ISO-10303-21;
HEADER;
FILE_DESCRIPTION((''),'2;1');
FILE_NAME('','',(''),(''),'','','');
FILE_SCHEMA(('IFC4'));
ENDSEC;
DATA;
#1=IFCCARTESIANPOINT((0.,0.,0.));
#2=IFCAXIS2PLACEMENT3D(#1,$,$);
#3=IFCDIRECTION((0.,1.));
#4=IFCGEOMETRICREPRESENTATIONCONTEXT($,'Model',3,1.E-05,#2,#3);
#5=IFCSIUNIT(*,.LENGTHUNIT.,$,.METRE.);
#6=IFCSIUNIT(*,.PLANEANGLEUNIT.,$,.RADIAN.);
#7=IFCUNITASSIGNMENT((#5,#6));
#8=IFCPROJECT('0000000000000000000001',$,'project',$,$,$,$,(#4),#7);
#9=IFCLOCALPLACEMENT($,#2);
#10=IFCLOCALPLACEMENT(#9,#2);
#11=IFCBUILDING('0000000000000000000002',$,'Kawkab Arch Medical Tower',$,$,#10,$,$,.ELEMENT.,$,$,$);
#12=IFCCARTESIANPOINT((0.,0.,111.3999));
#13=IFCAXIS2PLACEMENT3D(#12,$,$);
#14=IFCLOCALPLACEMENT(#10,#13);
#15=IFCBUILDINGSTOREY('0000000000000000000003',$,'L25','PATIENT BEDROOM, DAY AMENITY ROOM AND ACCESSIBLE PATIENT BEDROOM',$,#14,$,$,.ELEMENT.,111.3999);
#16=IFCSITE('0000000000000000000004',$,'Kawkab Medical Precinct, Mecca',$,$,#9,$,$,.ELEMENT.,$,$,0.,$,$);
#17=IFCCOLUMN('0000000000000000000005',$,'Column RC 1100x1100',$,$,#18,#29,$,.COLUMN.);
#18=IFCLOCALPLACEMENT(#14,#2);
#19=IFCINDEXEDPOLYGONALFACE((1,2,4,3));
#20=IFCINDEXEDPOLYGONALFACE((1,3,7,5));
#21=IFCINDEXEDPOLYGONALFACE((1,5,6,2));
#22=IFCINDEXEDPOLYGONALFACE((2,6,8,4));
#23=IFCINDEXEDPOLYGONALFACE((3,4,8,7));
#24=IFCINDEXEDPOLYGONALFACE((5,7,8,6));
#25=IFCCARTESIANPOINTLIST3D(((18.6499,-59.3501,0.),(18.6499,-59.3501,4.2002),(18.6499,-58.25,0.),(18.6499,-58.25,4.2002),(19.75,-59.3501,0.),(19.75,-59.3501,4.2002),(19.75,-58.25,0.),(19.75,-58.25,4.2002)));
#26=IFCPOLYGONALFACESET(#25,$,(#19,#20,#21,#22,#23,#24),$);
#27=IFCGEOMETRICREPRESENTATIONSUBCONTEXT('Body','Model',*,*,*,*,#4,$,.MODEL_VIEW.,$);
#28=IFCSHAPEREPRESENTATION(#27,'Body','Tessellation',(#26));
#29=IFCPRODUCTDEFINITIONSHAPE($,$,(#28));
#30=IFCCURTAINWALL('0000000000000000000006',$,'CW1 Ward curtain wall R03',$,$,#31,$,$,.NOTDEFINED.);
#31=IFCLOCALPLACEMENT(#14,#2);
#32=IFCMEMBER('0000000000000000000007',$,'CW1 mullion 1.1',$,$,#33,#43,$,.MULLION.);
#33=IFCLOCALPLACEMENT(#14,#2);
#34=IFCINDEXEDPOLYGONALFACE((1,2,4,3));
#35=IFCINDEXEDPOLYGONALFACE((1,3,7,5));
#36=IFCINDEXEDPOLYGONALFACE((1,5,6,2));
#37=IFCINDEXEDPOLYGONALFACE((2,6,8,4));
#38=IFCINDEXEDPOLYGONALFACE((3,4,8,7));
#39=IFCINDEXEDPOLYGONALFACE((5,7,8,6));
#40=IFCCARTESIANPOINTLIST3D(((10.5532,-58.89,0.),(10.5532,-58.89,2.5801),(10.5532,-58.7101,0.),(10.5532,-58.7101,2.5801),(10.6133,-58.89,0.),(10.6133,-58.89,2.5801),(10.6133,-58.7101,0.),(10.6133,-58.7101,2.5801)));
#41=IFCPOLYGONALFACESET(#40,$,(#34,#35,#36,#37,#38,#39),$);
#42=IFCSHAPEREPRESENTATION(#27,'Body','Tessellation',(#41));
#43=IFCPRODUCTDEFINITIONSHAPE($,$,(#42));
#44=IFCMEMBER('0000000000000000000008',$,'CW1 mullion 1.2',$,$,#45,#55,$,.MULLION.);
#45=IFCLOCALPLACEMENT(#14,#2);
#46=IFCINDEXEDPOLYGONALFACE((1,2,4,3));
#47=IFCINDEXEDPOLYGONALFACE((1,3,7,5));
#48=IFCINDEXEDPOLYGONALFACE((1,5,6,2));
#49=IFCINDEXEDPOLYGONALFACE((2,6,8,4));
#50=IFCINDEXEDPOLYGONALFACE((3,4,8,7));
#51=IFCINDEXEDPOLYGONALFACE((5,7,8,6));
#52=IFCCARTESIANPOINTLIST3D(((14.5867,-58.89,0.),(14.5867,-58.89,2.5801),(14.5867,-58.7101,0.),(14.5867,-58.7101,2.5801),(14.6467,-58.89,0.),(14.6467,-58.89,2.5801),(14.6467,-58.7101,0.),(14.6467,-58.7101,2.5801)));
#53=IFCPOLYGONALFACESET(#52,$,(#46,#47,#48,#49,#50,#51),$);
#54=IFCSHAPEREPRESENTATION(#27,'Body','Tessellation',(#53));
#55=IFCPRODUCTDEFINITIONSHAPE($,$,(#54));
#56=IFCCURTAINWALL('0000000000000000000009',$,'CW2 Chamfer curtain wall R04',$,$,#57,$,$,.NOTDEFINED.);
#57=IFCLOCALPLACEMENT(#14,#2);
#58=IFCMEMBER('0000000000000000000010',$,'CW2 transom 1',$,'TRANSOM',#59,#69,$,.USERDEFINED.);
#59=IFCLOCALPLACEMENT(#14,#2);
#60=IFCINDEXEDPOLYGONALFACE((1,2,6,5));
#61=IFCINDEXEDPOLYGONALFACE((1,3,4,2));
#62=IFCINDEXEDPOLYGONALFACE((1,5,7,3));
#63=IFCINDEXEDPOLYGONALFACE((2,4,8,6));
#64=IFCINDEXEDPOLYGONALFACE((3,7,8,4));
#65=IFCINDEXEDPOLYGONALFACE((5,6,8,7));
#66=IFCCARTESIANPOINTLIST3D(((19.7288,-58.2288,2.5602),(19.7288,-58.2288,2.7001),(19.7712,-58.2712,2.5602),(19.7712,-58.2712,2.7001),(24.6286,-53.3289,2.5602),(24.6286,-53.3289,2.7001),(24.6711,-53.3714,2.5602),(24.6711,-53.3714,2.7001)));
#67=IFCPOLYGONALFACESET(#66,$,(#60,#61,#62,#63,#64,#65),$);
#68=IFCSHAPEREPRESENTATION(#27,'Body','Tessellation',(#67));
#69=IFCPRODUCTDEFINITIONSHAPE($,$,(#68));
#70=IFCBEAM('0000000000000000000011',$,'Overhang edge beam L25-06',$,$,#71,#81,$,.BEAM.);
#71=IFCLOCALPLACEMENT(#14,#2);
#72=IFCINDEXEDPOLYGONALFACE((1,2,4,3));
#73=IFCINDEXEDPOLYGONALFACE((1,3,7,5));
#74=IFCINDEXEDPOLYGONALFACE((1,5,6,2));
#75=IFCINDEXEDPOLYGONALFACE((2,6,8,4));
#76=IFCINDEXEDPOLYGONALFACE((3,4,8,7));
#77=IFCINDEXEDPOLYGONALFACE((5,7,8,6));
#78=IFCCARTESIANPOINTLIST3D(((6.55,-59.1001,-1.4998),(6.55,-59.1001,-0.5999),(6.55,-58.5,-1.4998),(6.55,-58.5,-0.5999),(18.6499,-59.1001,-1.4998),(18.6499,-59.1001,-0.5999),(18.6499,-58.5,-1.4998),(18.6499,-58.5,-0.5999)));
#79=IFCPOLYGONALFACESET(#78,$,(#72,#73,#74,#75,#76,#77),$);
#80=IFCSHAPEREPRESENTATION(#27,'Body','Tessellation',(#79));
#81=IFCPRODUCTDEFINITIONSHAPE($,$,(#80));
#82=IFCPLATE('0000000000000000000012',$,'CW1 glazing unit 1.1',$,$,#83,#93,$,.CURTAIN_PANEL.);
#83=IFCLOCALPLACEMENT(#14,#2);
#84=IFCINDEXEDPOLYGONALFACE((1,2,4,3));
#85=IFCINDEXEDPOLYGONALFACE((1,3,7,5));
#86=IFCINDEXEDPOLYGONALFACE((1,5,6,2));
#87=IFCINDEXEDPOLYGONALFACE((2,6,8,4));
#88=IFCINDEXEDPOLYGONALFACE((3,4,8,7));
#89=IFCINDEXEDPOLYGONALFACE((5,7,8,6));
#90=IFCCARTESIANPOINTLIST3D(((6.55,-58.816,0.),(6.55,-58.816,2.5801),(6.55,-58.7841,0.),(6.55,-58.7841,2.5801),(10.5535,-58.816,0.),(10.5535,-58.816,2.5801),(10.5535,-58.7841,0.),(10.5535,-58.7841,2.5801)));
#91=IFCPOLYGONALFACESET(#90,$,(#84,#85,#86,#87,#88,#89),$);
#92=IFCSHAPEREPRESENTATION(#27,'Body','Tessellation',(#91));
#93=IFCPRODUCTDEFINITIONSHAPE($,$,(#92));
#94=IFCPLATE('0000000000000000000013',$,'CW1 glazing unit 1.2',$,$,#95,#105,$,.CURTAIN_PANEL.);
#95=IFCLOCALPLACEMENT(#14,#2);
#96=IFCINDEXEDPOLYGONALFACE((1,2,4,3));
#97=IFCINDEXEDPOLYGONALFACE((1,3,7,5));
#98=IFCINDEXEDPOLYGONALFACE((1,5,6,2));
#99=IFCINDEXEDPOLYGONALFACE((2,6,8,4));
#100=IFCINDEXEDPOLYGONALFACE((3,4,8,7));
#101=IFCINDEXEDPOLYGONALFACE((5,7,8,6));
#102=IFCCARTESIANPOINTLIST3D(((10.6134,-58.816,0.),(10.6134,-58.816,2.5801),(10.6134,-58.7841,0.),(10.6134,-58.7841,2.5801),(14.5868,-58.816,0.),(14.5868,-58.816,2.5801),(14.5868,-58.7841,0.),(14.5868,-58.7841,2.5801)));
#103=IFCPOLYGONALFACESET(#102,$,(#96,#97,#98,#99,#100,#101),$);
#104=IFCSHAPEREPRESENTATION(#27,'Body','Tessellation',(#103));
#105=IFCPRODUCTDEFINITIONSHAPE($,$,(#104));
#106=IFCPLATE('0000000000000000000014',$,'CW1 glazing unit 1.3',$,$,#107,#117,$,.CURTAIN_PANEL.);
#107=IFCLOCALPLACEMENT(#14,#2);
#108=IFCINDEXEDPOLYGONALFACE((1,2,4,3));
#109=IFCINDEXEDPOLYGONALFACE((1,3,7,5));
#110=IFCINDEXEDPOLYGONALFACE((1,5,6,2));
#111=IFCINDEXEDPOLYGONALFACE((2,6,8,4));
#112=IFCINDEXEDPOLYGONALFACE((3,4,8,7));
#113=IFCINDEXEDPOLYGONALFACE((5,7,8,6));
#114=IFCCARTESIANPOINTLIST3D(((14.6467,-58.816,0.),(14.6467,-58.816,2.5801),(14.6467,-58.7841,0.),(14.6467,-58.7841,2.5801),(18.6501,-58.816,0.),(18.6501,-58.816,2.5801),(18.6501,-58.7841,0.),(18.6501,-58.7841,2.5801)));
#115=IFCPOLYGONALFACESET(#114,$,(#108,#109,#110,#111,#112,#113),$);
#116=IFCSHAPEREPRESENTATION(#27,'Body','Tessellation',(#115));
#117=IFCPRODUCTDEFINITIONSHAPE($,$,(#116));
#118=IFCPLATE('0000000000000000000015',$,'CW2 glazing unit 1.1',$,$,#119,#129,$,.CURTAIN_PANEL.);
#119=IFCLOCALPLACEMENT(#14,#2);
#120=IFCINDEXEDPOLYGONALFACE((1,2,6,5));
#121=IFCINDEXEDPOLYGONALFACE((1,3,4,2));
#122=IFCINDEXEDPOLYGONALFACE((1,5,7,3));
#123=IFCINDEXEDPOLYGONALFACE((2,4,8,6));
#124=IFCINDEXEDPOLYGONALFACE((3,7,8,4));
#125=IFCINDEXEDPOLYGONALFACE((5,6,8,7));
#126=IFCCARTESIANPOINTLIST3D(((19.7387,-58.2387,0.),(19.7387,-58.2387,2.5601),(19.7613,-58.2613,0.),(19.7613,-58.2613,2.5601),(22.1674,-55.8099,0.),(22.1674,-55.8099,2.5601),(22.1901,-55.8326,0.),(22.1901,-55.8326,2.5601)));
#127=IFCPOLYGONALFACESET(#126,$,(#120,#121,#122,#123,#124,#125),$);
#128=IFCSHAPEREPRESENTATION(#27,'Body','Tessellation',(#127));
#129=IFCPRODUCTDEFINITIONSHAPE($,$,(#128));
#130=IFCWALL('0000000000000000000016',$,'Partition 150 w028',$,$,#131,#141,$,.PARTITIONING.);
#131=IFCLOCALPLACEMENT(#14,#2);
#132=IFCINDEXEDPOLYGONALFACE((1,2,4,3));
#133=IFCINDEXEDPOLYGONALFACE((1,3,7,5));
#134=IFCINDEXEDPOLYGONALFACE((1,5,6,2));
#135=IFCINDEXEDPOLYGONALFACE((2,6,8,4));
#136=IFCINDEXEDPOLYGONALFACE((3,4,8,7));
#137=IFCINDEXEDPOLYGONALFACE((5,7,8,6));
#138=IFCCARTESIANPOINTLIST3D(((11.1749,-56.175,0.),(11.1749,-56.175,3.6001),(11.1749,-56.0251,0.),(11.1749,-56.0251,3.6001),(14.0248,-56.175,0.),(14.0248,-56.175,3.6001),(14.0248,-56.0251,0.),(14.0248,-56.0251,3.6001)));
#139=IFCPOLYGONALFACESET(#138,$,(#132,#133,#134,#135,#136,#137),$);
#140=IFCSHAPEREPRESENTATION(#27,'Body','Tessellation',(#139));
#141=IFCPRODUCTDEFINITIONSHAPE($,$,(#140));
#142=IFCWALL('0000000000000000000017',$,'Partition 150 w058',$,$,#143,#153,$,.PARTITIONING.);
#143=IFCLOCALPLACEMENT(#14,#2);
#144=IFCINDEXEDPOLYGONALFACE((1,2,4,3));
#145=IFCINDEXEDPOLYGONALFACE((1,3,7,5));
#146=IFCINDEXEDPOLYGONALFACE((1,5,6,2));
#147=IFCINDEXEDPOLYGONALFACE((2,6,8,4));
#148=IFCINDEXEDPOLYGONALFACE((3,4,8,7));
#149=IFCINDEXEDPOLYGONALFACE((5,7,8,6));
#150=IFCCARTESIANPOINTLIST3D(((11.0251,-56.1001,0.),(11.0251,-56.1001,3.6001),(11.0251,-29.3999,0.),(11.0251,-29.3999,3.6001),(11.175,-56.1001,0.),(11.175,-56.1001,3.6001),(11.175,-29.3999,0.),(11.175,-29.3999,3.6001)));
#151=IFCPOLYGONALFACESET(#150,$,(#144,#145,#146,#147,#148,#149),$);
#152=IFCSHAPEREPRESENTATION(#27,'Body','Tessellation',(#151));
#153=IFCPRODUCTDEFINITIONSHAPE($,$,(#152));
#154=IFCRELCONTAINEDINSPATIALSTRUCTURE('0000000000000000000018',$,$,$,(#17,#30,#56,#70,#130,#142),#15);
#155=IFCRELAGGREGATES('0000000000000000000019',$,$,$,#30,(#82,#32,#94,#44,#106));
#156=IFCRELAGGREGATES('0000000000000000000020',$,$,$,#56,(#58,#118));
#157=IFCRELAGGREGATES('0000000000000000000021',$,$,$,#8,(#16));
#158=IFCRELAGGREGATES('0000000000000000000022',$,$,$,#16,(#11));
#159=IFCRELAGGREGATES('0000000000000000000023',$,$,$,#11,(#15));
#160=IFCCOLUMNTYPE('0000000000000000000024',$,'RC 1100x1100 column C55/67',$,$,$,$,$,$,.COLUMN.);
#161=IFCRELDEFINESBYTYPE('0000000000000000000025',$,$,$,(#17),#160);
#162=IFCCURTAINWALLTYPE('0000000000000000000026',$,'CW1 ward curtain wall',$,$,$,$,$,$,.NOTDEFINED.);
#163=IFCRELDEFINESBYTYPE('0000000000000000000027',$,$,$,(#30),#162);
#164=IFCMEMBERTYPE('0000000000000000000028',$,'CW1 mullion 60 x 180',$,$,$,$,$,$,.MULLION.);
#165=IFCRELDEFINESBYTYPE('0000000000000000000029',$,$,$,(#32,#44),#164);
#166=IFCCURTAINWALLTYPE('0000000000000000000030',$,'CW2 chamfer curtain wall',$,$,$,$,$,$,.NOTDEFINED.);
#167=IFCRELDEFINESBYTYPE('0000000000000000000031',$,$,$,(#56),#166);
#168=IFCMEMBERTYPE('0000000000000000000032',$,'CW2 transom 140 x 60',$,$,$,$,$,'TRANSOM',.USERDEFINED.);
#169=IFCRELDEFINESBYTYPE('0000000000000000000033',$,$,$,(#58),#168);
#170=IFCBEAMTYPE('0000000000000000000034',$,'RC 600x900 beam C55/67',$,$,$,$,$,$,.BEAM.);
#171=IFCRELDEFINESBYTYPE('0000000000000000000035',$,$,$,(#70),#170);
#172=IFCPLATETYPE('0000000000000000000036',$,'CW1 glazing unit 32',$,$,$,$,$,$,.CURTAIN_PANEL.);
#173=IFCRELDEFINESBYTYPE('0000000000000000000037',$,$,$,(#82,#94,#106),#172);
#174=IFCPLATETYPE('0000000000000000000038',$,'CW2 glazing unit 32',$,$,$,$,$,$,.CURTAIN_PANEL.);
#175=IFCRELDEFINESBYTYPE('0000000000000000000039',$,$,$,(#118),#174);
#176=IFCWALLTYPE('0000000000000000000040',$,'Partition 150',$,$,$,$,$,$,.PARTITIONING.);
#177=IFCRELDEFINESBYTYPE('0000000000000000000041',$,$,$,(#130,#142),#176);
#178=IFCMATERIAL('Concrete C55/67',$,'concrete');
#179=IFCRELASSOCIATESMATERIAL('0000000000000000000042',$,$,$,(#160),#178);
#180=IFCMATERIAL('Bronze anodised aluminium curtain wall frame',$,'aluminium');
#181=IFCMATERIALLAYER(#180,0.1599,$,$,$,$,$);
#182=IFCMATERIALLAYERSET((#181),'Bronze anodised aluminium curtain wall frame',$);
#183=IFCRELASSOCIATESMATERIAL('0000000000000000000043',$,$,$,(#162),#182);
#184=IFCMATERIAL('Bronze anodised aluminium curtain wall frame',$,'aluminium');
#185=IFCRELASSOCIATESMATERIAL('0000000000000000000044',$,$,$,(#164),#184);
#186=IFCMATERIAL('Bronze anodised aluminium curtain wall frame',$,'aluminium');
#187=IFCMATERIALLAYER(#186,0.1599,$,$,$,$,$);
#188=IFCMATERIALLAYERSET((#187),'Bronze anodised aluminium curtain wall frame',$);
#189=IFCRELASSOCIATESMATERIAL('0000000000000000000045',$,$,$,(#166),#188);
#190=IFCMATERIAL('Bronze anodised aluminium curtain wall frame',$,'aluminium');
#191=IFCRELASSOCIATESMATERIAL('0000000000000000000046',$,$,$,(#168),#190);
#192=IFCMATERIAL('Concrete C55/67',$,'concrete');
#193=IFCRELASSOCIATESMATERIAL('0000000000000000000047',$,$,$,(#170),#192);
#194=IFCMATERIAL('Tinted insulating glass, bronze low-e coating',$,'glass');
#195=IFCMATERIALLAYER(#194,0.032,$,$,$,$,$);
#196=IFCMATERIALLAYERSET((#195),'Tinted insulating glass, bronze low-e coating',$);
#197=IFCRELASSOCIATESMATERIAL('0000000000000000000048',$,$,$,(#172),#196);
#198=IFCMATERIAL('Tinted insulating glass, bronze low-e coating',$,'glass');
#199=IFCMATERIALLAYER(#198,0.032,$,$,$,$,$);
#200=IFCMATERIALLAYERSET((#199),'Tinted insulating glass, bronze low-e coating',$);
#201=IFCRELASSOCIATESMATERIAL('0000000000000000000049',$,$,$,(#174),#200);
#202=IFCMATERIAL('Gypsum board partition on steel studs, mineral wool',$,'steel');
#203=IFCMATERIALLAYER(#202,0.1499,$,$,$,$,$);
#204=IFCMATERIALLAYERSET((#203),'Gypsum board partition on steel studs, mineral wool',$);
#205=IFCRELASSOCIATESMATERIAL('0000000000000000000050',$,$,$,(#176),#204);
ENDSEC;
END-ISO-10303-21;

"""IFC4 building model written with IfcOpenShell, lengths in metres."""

from ifc_helpers import new_model, si_unit, direction, frame, frame_2d, origin, origin_2d, place, context, subcontext, project, spatial, rectangle, extrude, material, layer, layer_set, material_profile, profile_set, type_object, element, aggregate, save


model = new_model("IFC4")

# Units and contexts
model_context = context("Model", 3, precision=1e-05, world=origin(), true_north=direction((0.0, 1.0)))
body_context = subcontext(model_context, "Body", "Model", "MODEL_VIEW")
ifc_project = project(units=[si_unit("LENGTHUNIT", "METRE"), si_unit("PLANEANGLEUNIT", "RADIAN")], contexts=[model_context])

# Site, building, storey
site_placement = place(None, origin())
site = spatial("IfcSite", under=ifc_project, at=site_placement, Name="Kawkab Medical Precinct, Mecca", CompositionType="ELEMENT", RefElevation=0.0)
building_placement = place(site_placement, origin())
building = spatial("IfcBuilding", under=site, at=building_placement, Name="Kawkab Arch Medical Tower", CompositionType="ELEMENT")
storey_placement = place(building_placement, frame((0.0, 0.0, 111.3999)))
storey = spatial("IfcBuildingStorey", under=building, at=storey_placement, Name="L25", Description="PATIENT BEDROOM, DAY AMENITY ROOM AND ACCESSIBLE PATIENT BEDROOM", CompositionType="ELEMENT", Elevation=111.3999)

# Column
ifc_material_1 = material(Name="Concrete C55/67", Category="concrete")
ifc_material_profile_1 = material_profile(ifc_material_1, rectangle(XDim=1.1001, YDim=1.1001, at=origin_2d()), Name="RC 1100x1100")
ifc_profile_set_1 = profile_set([ifc_material_profile_1], Name="Concrete C55/67")
column_type = type_object("IfcColumnType", Name="RC 1100x1100 column C55/67", PredefinedType="COLUMN", material=ifc_profile_set_1)
column_placement = place(storey_placement, frame((19.2, -58.8, 0.0), z_axis=(0.0, 0.0, 1.0), x_axis=(1.0, 0.0, 0.0)))
element("IfcColumn", 1, at=column_placement, inside=storey, type_object=column_type, Name="Column RC 1100x1100", PredefinedType="COLUMN", context=body_context, shape_type="SweptSolid", body=[
    extrude(rectangle(XDim=1.1001, YDim=1.1001, at=origin_2d()), origin(), (0.0, 0.0, 1.0), 4.2002),
])

# Curtain wall, members
ifc_material_2 = material(Name="Bronze anodised aluminium curtain wall frame", Category="aluminium")
ifc_layer_1 = layer(ifc_material_2, 0.1599)
ifc_layer_set_1 = layer_set([ifc_layer_1], Name="Bronze anodised aluminium curtain wall frame")
curtain_wall_type_1 = type_object("IfcCurtainWallType", Name="CW1 ward curtain wall", PredefinedType="NOTDEFINED", material=ifc_layer_set_1)
placement = place(storey_placement, origin())
curtain_wall_1 = element("IfcCurtainWall", 2, at=placement, inside=storey, type_object=curtain_wall_type_1, Name="CW1 Ward curtain wall R03", PredefinedType="NOTDEFINED")
ifc_material_3 = material(Name="Bronze anodised aluminium curtain wall frame", Category="aluminium")
ifc_material_profile_2 = material_profile(ifc_material_3, rectangle(XDim=0.1799, YDim=0.0601, at=origin_2d()), Name="AL 60x180")
ifc_profile_set_2 = profile_set([ifc_material_profile_2], Name="Bronze anodised aluminium curtain wall frame")
member_type_1 = type_object("IfcMemberType", Name="CW1 mullion 60 x 180", PredefinedType="MULLION", material=ifc_profile_set_2)
member_1_placement = place(storey_placement, frame((10.5833, -58.8, 0.0), z_axis=(0.0, 0.0, 1.0), x_axis=(0.0, 1.0, 0.0)))
member_1 = element("IfcMember", 3, at=member_1_placement, type_object=member_type_1, Name="CW1 mullion 1.1", PredefinedType="MULLION", context=body_context, shape_type="SweptSolid", body=[
    extrude(rectangle(XDim=0.1799, YDim=0.0601, at=origin_2d()), origin(), (0.0, 0.0, 1.0), 2.5801),
])
member_2_placement = place(storey_placement, frame((14.6167, -58.8, 0.0), z_axis=(0.0, 0.0, 1.0), x_axis=(0.0, 1.0, 0.0)))
member_2 = element("IfcMember", 4, at=member_2_placement, type_object=member_type_1, Name="CW1 mullion 1.2", PredefinedType="MULLION", context=body_context, shape_type="SweptSolid", body=[
    extrude(rectangle(XDim=0.1799, YDim=0.0601, at=origin_2d()), origin(), (0.0, 0.0, 1.0), 2.5801),
])

# Curtain wall, member
ifc_material_4 = material(Name="Bronze anodised aluminium curtain wall frame", Category="aluminium")
ifc_layer_2 = layer(ifc_material_4, 0.1599)
ifc_layer_set_2 = layer_set([ifc_layer_2], Name="Bronze anodised aluminium curtain wall frame")
curtain_wall_type_2 = type_object("IfcCurtainWallType", Name="CW2 chamfer curtain wall", PredefinedType="NOTDEFINED", material=ifc_layer_set_2)
curtain_wall_2 = element("IfcCurtainWall", 5, at=placement, inside=storey, type_object=curtain_wall_type_2, Name="CW2 Chamfer curtain wall R04", PredefinedType="NOTDEFINED")
ifc_material_5 = material(Name="Bronze anodised aluminium curtain wall frame", Category="aluminium")
ifc_material_profile_3 = material_profile(ifc_material_5, rectangle(XDim=0.0601, YDim=0.1399, at=origin_2d()), Name="AL 60x140")
ifc_profile_set_3 = profile_set([ifc_material_profile_3], Name="Bronze anodised aluminium curtain wall frame")
member_type_2 = type_object("IfcMemberType", Name="CW2 transom 140 x 60", ElementType="TRANSOM", PredefinedType="USERDEFINED", material=ifc_profile_set_3)
member_3_placement = place(storey_placement, frame((19.75, -58.25, 2.6301), z_axis=(0.707107, 0.707107, 0.0), x_axis=(-0.707107, 0.707107, 0.0)))
member_3 = element("IfcMember", 6, at=member_3_placement, type_object=member_type_2, Name="CW2 transom 1", ObjectType="TRANSOM", PredefinedType="USERDEFINED", context=body_context, shape_type="SweptSolid", body=[
    extrude(rectangle(XDim=0.0601, YDim=0.1399, at=origin_2d()), origin(), (0.0, 0.0, 1.0), 6.9294),
])

# Beam
ifc_material_6 = material(Name="Concrete C55/67", Category="concrete")
ifc_material_profile_4 = material_profile(ifc_material_6, rectangle(XDim=0.6001, YDim=0.8999, at=origin_2d()), Name="RC 600x900")
ifc_profile_set_4 = profile_set([ifc_material_profile_4], Name="Concrete C55/67")
beam_type = type_object("IfcBeamType", Name="RC 600x900 beam C55/67", PredefinedType="BEAM", material=ifc_profile_set_4)
beam_placement = place(storey_placement, frame((18.6499, -58.8, -1.0498), z_axis=(-1.0, 0.0, 0.0), x_axis=(0.0, -1.0, 0.0)))
element("IfcBeam", 7, at=beam_placement, inside=storey, type_object=beam_type, Name="Overhang edge beam L25-06", PredefinedType="BEAM", context=body_context, shape_type="SweptSolid", body=[
    extrude(rectangle(XDim=0.6001, YDim=0.8999, at=origin_2d()), origin(), (0.0, 0.0, 1.0), 12.0999),
])

# Plates
ifc_material_7 = material(Name="Tinted insulating glass, bronze low-e coating", Category="glass")
ifc_layer_3 = layer(ifc_material_7, 0.032)
ifc_layer_set_3 = layer_set([ifc_layer_3], Name="Tinted insulating glass, bronze low-e coating")
plate_type_1 = type_object("IfcPlateType", Name="CW1 glazing unit 32", PredefinedType="CURTAIN_PANEL", material=ifc_layer_set_3)
plate_1_placement = place(storey_placement, frame((8.5518, -58.8, 0.0), z_axis=(0.0, 0.0, 1.0), x_axis=(1.0, 0.0, 0.0)))
plate_1 = element("IfcPlate", 8, at=plate_1_placement, type_object=plate_type_1, Name="CW1 glazing unit 1.1", PredefinedType="CURTAIN_PANEL", context=body_context, shape_type="SweptSolid", body=[
    extrude(rectangle(XDim=4.0034, YDim=0.032, at=origin_2d()), origin(), (0.0, 0.0, 1.0), 2.5801),
])
plate_2_placement = place(storey_placement, frame((12.6001, -58.8, 0.0), z_axis=(0.0, 0.0, 1.0), x_axis=(1.0, 0.0, 0.0)))
plate_2 = element("IfcPlate", 9, at=plate_2_placement, type_object=plate_type_1, Name="CW1 glazing unit 1.2", PredefinedType="CURTAIN_PANEL", context=body_context, shape_type="SweptSolid", body=[
    extrude(rectangle(XDim=3.9734, YDim=0.032, at=origin_2d()), origin(), (0.0, 0.0, 1.0), 2.5801),
])
plate_3_placement = place(storey_placement, frame((16.6484, -58.8, 0.0), z_axis=(0.0, 0.0, 1.0), x_axis=(1.0, 0.0, 0.0)))
plate_3 = element("IfcPlate", 10, at=plate_3_placement, type_object=plate_type_1, Name="CW1 glazing unit 1.3", PredefinedType="CURTAIN_PANEL", context=body_context, shape_type="SweptSolid", body=[
    extrude(rectangle(XDim=4.0034, YDim=0.032, at=origin_2d()), origin(), (0.0, 0.0, 1.0), 2.5801),
])
aggregate(curtain_wall_1, [plate_1, member_1, plate_2, member_2, plate_3])
ifc_material_8 = material(Name="Tinted insulating glass, bronze low-e coating", Category="glass")
ifc_layer_4 = layer(ifc_material_8, 0.032)
ifc_layer_set_4 = layer_set([ifc_layer_4], Name="Tinted insulating glass, bronze low-e coating")
plate_type_2 = type_object("IfcPlateType", Name="CW2 glazing unit 32", PredefinedType="CURTAIN_PANEL", material=ifc_layer_set_4)
plate_4_placement = place(storey_placement, frame((20.9644, -57.0356, 0.0), z_axis=(0.0, 0.0, 1.0), x_axis=(0.707107, 0.707107, 0.0)))
plate_4 = element("IfcPlate", 11, at=plate_4_placement, type_object=plate_type_2, Name="CW2 glazing unit 1.1", PredefinedType="CURTAIN_PANEL", context=body_context, shape_type="SweptSolid", body=[
    extrude(rectangle(XDim=3.4348, YDim=0.032, at=origin_2d()), origin(), (0.0, 0.0, 1.0), 2.5601),
])
aggregate(curtain_wall_2, [member_3, plate_4])

# Walls
ifc_material_9 = material(Name="Gypsum board partition on steel studs, mineral wool", Category="steel")
ifc_layer_5 = layer(ifc_material_9, 0.1499)
ifc_layer_set_5 = layer_set([ifc_layer_5], Name="Gypsum board partition on steel studs, mineral wool")
wall_type = type_object("IfcWallType", Name="Partition 150", PredefinedType="PARTITIONING", material=ifc_layer_set_5)
wall_1_placement = place(storey_placement, frame((11.175, -56.1001, 0.0), z_axis=(0.0, 0.0, 1.0), x_axis=(1.0, 0.0, 0.0)))
element("IfcWall", 12, at=wall_1_placement, inside=storey, type_object=wall_type, Name="Partition 150 w028", PredefinedType="PARTITIONING", context=body_context, shape_type="SweptSolid", body=[
    extrude(rectangle(XDim=2.8499, YDim=0.1499, at=frame_2d((1.4248, 0.0))), origin(), (0.0, 0.0, 1.0), 3.6001),
])
wall_2_placement = place(storey_placement, frame((11.1001, -56.1001, 0.0), z_axis=(0.0, 0.0, 1.0), x_axis=(0.0, 1.0, 0.0)))
element("IfcWall", 13, at=wall_2_placement, inside=storey, type_object=wall_type, Name="Partition 150 w058", PredefinedType="PARTITIONING", context=body_context, shape_type="SweptSolid", body=[
    extrude(rectangle(XDim=26.7002, YDim=0.1499, at=frame_2d((13.3501, 0.0))), origin(), (0.0, 0.0, 1.0), 3.6001),
])

save(model, "model.ifc")
